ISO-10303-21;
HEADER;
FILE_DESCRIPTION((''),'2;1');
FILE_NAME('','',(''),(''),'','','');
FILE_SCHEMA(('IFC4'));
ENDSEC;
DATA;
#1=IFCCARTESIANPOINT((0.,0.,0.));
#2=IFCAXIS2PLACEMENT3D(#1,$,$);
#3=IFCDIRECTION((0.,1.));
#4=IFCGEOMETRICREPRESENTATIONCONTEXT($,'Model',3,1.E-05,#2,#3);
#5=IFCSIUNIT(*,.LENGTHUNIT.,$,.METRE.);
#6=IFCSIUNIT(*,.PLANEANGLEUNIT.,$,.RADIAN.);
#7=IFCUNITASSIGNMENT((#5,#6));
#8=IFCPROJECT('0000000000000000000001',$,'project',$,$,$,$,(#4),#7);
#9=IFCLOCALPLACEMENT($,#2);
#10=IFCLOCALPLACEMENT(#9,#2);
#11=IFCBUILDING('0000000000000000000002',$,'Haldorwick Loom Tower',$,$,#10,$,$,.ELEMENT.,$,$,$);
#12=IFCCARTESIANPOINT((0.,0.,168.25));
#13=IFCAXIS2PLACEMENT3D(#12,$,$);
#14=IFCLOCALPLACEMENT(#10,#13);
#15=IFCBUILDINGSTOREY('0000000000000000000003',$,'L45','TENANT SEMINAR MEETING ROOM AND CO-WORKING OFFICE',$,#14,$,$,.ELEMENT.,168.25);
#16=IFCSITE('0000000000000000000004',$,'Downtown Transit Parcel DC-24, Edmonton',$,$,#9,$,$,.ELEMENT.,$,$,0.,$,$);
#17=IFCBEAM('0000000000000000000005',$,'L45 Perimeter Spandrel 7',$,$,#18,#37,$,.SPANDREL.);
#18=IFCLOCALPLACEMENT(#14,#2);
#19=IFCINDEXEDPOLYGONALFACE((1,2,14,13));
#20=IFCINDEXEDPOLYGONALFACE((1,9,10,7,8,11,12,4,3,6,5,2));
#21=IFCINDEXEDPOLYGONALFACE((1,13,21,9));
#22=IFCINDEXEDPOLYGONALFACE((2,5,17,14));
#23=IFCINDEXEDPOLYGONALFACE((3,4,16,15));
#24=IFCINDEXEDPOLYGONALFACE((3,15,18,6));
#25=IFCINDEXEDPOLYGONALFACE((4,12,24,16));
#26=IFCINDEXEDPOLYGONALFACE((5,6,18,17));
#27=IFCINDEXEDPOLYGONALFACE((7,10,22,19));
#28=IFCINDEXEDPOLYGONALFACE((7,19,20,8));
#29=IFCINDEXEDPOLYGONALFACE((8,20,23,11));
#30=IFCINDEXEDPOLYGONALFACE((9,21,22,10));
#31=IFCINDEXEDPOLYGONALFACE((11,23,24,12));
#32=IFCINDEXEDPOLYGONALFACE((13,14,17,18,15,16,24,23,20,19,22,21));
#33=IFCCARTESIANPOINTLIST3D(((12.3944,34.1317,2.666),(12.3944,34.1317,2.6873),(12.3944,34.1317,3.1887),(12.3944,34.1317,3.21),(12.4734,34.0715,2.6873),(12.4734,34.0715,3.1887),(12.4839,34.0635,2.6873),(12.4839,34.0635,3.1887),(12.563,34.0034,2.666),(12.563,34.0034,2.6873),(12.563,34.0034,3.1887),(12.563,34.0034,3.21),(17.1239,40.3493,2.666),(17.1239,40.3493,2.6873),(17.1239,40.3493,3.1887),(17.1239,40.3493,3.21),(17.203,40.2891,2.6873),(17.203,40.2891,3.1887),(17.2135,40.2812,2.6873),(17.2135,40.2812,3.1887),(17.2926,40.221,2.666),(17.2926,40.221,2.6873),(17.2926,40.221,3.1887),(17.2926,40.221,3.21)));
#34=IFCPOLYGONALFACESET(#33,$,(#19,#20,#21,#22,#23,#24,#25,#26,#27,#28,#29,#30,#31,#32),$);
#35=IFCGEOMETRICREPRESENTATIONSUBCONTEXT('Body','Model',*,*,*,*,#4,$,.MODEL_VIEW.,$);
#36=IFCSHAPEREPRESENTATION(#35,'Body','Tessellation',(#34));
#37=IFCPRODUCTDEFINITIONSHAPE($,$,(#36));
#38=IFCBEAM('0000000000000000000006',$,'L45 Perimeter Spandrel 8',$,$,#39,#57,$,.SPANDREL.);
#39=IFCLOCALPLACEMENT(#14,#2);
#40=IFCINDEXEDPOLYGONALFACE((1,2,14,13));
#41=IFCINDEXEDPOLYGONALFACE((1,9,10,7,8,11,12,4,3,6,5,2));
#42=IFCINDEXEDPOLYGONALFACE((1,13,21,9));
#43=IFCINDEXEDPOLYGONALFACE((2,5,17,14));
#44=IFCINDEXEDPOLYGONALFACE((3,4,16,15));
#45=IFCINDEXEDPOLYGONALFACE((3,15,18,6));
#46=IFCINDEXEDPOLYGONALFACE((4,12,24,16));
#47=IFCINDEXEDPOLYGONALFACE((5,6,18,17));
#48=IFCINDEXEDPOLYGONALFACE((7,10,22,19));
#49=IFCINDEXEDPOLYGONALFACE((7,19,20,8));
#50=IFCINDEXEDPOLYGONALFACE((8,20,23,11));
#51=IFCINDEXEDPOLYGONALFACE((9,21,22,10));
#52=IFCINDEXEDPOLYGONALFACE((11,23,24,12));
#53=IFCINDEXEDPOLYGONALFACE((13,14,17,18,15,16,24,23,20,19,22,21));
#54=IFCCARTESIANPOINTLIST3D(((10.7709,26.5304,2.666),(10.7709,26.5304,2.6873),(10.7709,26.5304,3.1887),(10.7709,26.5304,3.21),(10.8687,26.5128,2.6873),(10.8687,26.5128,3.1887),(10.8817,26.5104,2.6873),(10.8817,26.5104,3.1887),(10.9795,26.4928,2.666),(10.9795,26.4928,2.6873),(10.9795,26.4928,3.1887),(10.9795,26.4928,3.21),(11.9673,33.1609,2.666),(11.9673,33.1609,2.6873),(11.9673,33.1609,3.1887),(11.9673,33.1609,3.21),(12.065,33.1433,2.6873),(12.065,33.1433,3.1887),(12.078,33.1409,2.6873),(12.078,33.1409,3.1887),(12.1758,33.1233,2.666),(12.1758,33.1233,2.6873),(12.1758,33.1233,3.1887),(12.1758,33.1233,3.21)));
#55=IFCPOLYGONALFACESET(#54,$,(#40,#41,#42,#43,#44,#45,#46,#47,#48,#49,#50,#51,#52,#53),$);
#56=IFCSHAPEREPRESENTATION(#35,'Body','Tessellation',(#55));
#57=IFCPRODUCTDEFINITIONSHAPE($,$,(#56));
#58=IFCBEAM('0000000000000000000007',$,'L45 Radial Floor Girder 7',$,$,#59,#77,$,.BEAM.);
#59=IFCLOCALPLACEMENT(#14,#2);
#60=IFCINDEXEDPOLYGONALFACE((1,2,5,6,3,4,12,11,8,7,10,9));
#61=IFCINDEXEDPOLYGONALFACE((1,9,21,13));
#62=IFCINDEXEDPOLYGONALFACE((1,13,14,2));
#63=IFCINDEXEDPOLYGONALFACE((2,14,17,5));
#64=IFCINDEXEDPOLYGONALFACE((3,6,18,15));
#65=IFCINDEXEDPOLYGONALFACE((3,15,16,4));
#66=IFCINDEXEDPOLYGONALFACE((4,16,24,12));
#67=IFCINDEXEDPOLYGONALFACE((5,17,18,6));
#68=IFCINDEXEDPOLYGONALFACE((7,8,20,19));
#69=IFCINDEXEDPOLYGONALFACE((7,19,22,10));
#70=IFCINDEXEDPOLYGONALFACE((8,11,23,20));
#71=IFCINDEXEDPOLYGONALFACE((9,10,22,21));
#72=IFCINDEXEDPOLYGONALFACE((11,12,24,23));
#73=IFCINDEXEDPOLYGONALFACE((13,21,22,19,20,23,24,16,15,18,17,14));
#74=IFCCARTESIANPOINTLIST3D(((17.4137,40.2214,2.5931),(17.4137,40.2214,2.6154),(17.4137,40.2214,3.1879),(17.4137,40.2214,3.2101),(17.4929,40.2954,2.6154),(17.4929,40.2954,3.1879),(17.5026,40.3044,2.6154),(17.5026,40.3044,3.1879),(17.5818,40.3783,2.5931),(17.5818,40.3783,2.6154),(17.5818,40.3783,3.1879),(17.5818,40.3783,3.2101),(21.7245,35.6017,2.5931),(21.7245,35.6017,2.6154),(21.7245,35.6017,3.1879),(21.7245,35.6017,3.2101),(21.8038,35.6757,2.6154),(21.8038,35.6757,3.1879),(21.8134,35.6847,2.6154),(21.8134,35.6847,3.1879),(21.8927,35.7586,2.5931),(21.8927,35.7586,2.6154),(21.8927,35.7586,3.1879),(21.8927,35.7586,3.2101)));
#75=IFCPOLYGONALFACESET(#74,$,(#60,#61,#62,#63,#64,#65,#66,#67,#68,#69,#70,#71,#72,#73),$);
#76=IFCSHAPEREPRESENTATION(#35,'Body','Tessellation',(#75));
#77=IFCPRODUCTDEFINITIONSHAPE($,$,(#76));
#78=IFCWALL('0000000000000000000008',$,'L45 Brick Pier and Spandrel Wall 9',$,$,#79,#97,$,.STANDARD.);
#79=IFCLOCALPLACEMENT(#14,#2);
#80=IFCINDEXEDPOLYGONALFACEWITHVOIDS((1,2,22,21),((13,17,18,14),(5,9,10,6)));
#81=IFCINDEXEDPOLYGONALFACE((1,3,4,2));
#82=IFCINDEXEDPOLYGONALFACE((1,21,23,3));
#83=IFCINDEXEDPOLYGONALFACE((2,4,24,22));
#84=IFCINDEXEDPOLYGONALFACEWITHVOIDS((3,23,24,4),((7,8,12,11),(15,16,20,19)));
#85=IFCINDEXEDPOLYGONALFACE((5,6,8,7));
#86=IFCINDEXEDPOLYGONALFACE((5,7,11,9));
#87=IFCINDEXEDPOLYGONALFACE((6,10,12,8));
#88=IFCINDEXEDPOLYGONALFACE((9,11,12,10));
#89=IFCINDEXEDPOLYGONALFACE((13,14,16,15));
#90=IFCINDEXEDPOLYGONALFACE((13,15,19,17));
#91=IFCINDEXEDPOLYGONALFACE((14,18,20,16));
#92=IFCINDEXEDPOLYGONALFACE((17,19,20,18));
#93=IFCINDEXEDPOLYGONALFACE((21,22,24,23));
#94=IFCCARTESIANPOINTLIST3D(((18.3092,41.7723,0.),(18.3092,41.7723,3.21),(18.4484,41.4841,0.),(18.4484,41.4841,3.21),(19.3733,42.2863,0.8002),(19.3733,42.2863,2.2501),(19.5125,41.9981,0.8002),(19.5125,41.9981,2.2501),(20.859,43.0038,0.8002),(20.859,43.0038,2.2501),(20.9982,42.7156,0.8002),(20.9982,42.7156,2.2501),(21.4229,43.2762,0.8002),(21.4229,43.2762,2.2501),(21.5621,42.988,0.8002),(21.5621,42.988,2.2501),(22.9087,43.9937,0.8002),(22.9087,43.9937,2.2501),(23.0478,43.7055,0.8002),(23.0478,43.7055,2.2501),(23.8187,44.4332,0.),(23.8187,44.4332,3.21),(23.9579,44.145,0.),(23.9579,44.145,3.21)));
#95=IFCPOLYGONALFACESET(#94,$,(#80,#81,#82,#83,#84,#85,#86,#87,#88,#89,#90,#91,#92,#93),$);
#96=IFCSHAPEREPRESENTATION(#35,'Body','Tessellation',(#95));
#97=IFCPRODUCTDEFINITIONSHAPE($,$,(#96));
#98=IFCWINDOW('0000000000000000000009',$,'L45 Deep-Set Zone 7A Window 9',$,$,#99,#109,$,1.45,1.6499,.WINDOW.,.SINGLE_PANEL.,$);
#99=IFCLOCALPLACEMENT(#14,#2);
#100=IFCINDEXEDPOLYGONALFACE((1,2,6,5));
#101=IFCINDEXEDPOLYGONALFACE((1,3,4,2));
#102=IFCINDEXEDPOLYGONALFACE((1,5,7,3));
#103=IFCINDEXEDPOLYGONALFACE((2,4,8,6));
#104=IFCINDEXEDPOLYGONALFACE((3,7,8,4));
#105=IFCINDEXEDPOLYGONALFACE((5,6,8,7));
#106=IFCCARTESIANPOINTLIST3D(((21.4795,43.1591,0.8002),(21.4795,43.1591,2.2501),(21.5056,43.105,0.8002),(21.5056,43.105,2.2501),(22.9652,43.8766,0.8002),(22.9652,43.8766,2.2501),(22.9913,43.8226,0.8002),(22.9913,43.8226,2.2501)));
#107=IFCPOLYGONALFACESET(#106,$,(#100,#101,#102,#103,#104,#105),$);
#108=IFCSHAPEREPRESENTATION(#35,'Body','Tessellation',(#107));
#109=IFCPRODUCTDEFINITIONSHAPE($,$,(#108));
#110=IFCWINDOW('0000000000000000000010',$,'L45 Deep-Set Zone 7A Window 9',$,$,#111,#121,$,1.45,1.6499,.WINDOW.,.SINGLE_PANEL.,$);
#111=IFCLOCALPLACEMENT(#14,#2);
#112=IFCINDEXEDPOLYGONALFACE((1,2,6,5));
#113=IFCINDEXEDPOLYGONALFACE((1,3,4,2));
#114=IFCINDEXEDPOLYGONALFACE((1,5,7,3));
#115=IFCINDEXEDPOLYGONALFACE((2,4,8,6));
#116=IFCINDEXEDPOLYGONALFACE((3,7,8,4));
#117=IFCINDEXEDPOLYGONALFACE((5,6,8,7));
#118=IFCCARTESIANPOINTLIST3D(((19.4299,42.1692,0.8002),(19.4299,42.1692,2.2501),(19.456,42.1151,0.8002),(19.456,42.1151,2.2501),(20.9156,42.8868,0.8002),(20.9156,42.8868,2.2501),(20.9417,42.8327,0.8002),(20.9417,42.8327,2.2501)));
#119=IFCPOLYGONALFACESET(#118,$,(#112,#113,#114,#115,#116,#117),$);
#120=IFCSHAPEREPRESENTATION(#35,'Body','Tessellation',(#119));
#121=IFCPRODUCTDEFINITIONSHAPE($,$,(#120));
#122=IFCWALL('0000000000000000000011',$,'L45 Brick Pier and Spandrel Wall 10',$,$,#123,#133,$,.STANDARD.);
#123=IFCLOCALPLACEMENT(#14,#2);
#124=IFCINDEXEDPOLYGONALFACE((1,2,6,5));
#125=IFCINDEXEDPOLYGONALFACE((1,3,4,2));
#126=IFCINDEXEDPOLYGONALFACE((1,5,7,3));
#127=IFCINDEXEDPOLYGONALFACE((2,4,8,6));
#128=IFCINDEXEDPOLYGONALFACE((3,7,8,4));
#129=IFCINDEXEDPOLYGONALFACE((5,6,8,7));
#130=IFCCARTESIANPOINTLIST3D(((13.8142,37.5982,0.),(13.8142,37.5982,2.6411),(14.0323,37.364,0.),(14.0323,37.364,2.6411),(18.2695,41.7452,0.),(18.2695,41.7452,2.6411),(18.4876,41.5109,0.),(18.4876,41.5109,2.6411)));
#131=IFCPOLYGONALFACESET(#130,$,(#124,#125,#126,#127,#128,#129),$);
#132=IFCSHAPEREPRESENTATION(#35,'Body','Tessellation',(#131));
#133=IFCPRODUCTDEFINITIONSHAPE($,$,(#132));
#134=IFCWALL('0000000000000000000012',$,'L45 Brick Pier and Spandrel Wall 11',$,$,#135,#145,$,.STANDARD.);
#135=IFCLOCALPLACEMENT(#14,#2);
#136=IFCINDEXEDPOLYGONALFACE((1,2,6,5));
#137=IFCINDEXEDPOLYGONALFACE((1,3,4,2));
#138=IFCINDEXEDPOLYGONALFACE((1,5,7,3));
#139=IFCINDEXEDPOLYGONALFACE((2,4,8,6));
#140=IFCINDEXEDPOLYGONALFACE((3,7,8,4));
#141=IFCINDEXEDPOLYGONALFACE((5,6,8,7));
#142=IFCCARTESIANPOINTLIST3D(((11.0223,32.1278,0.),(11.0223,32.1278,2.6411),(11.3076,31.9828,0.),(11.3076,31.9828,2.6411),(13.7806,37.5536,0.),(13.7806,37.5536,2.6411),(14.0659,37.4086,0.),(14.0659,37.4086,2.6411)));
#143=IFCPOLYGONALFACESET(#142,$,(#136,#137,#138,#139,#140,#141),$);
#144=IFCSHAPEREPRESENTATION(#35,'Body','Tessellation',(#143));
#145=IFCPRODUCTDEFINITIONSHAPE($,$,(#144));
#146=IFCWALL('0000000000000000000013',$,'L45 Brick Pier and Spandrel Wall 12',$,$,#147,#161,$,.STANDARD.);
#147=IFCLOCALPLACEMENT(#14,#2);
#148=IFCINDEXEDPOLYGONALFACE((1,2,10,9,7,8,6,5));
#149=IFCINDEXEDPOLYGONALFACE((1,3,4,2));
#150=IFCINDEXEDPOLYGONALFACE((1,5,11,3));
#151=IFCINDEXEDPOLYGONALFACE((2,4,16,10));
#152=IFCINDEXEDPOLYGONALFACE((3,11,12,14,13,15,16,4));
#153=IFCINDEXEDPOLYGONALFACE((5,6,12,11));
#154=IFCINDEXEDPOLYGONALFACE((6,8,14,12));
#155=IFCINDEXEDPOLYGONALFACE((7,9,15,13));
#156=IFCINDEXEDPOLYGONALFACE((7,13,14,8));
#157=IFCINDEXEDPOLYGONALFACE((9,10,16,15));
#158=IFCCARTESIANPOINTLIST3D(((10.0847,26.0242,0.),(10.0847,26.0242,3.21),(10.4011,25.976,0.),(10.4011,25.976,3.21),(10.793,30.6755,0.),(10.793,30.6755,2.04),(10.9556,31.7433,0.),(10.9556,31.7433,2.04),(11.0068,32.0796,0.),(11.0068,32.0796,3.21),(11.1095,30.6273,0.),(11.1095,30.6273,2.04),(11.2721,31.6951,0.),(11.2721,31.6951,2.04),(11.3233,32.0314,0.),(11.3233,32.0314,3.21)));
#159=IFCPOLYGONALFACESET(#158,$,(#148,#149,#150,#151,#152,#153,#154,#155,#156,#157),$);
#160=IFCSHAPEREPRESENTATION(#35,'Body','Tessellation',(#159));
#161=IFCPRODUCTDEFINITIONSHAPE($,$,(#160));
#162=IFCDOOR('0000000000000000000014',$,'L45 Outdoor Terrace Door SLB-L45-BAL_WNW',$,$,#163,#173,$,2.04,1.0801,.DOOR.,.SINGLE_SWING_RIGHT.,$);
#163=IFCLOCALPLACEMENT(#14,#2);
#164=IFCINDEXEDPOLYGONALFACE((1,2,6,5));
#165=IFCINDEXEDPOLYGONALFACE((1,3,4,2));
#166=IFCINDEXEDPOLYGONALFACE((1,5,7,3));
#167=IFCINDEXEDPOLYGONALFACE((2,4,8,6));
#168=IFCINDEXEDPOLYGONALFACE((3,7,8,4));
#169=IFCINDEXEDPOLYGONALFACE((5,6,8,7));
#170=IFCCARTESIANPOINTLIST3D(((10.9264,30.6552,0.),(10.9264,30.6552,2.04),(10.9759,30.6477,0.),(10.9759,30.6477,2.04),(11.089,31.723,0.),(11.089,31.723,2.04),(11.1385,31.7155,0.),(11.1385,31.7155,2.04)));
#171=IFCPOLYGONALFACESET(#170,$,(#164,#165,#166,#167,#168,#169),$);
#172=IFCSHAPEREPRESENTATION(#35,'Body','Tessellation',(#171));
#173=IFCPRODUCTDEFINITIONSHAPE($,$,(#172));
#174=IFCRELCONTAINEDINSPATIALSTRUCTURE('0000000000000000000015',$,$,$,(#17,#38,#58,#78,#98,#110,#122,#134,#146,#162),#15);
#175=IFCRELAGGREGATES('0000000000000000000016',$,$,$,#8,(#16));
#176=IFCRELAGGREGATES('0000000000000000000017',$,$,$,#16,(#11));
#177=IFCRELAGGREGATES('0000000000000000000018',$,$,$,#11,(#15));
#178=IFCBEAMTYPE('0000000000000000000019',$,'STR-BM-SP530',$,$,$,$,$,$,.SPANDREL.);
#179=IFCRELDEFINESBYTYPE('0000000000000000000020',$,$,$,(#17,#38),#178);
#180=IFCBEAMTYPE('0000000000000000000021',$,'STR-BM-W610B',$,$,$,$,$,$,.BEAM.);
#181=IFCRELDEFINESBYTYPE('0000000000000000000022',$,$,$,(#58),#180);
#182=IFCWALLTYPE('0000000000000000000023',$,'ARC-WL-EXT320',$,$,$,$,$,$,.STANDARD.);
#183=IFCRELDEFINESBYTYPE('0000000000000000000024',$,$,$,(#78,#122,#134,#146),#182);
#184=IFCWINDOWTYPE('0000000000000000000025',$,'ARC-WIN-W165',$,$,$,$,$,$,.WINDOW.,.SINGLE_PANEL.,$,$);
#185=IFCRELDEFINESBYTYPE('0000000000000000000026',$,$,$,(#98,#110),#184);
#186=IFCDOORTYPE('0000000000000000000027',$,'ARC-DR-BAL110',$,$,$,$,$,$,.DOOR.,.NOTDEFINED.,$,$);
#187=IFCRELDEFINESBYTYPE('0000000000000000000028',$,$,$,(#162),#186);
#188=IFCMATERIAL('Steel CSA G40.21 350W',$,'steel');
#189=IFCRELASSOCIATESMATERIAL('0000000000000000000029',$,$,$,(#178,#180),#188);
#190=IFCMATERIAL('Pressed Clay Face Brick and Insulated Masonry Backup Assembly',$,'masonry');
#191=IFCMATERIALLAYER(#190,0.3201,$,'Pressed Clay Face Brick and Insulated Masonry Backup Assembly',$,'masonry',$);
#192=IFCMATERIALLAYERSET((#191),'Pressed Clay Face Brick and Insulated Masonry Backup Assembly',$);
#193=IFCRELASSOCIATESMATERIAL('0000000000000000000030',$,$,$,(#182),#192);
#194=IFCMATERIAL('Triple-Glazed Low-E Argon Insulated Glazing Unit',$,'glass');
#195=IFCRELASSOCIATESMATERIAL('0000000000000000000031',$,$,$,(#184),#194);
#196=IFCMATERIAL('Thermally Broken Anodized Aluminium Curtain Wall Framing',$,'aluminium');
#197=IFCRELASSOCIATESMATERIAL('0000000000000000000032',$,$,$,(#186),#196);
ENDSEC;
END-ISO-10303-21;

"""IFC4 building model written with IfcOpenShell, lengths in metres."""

from ifc_helpers import new_model, si_unit, direction, frame, frame_2d, origin, origin_2d, place, context, subcontext, project, spatial, rectangle, i_section, extrude, material, layer, layer_set, material_profile, profile_set, type_object, element, fill, save


model = new_model("IFC4")

# Units and contexts
model_context = context("Model", 3, precision=1e-05, world=origin(), true_north=direction((0.0, 1.0)))
body_context = subcontext(model_context, "Body", "Model", "MODEL_VIEW")
ifc_project = project(units=[si_unit("LENGTHUNIT", "METRE"), si_unit("PLANEANGLEUNIT", "RADIAN")], contexts=[model_context])

# Site, building, storey
site_placement = place(None, origin())
site = spatial("IfcSite", under=ifc_project, at=site_placement, Name="Downtown Transit Parcel DC-24, Edmonton", CompositionType="ELEMENT", RefElevation=0.0)
building_placement = place(site_placement, origin())
building = spatial("IfcBuilding", under=site, at=building_placement, Name="Haldorwick Loom Tower", CompositionType="ELEMENT")
storey_placement = place(building_placement, frame((0.0, 0.0, 168.25)))
storey = spatial("IfcBuildingStorey", under=building, at=storey_placement, Name="L45", Description="TENANT SEMINAR MEETING ROOM AND CO-WORKING OFFICE", CompositionType="ELEMENT", Elevation=168.25)

# Shared definitions
ifc_material_1 = material(Name="Steel CSA G40.21 350W", Category="steel")

# Beams
ifc_material_profile_1 = material_profile(ifc_material_1, i_section(OverallWidth=0.2119, OverallDepth=0.5439, WebThickness=0.0132, FlangeThickness=0.0212, at=origin_2d()), Name="W530X123", Category="steel")
ifc_profile_set_1 = profile_set([ifc_material_profile_1], Name="Steel CSA G40.21 350W")
beam_type_1 = type_object("IfcBeamType", Name="STR-BM-SP530", PredefinedType="SPANDREL", material=ifc_profile_set_1)
beam_1_placement = place(storey_placement, frame((17.2083, 40.2852, 2.938), z_axis=(-0.605422, -0.795905, 0.0), x_axis=(0.795905, -0.605422, 0.0)))
element("IfcBeam", 1, at=beam_1_placement, inside=storey, type_object=beam_type_1, Name="L45 Perimeter Spandrel 7", PredefinedType="SPANDREL", context=body_context, shape_type="SweptSolid", body=[
    extrude(i_section(OverallWidth=0.2119, OverallDepth=0.5439, WebThickness=0.0132, FlangeThickness=0.0212, at=origin_2d()), origin(), (0.0, 0.0, 1.0), 7.812),
])
beam_2_placement = place(storey_placement, frame((12.0715, 33.1421, 2.938), z_axis=(-0.177559, -0.98411, 0.0), x_axis=(0.98411, -0.177559, 0.0)))
element("IfcBeam", 2, at=beam_2_placement, inside=storey, type_object=beam_type_1, Name="L45 Perimeter Spandrel 8", PredefinedType="SPANDREL", context=body_context, shape_type="SweptSolid", body=[
    extrude(i_section(OverallWidth=0.2119, OverallDepth=0.5439, WebThickness=0.0132, FlangeThickness=0.0212, at=origin_2d()), origin(), (0.0, 0.0, 1.0), 6.7375),
])
ifc_material_profile_2 = material_profile(ifc_material_1, i_section(OverallWidth=0.23, OverallDepth=0.6169, WebThickness=0.0132, FlangeThickness=0.0222, at=origin_2d()), Name="W610X140", Category="steel")
ifc_profile_set_2 = profile_set([ifc_material_profile_2], Name="Steel CSA G40.21 350W")
beam_type_2 = type_object("IfcBeamType", Name="STR-BM-W610B", PredefinedType="BEAM", material=ifc_profile_set_2)
beam_3_placement = place(storey_placement, frame((21.8086, 35.6802, 2.9016), z_axis=(-0.682245, 0.731123, 0.0), x_axis=(-0.731123, -0.682245, 0.0)))
element("IfcBeam", 3, at=beam_3_placement, inside=storey, type_object=beam_type_2, Name="L45 Radial Floor Girder 7", PredefinedType="BEAM", context=body_context, shape_type="SweptSolid", body=[
    extrude(i_section(OverallWidth=0.23, OverallDepth=0.6169, WebThickness=0.0132, FlangeThickness=0.0222, at=origin_2d()), origin(), (0.0, 0.0, 1.0), 6.3186),
])

# Wall, openings, windows
ifc_material_2 = material(Name="Pressed Clay Face Brick and Insulated Masonry Backup Assembly", Category="masonry")
ifc_layer_1 = layer(ifc_material_2, 0.3201, Name="Pressed Clay Face Brick and Insulated Masonry Backup Assembly", Category="masonry")
ifc_layer_set_1 = layer_set([ifc_layer_1], Name="Pressed Clay Face Brick and Insulated Masonry Backup Assembly")
wall_type_1 = type_object("IfcWallType", Name="ARC-WL-EXT320", PredefinedType="STANDARD", material=ifc_layer_set_1)
wall_1_placement = place(storey_placement, frame((23.8882, 44.2891, 0.0), z_axis=(0.0, 0.0, 1.0), x_axis=(-0.90048, -0.434897, 0.0)))
wall_1 = element("IfcWall", 4, at=wall_1_placement, inside=storey, type_object=wall_type_1, Name="L45 Brick Pier and Spandrel Wall 9", PredefinedType="STANDARD", context=body_context, shape_type="SweptSolid", body=[
    extrude(rectangle(XDim=6.1184, YDim=0.3201, at=frame_2d((3.0591, 0.0))), origin(), (0.0, 0.0, 1.0), 3.21),
])
opening_1_placement = place(wall_1_placement, frame((1.0105, 0.0, 0.8)))
opening_1 = element("IfcOpeningElement", 5, at=opening_1_placement, cuts=wall_1, PredefinedType="OPENING", context=body_context, shape_type="SweptSolid", body=[
    extrude(rectangle(XDim=1.6499, YDim=1.45, at=frame_2d((0.825, 0.7251))), frame((0.0, 0.1699, 0.0), z_axis=(0.0, -1.0, 0.0), x_axis=(1.0, 0.0, 0.0)), (0.0, 0.0, 1.0), 0.3401),
])
opening_2_placement = place(wall_1_placement, frame((3.2866, 0.0, 0.8)))
opening_2 = element("IfcOpeningElement", 6, at=opening_2_placement, cuts=wall_1, PredefinedType="OPENING", context=body_context, shape_type="SweptSolid", body=[
    extrude(rectangle(XDim=1.6499, YDim=1.45, at=frame_2d((0.825, 0.7251))), frame((0.0, 0.1699, 0.0), z_axis=(0.0, -1.0, 0.0), x_axis=(1.0, 0.0, 0.0)), (0.0, 0.0, 1.0), 0.3401),
])
ifc_material_3 = material(Name="Triple-Glazed Low-E Argon Insulated Glazing Unit", Category="glass")
window_type = type_object("IfcWindowType", Name="ARC-WIN-W165", PartitioningType="SINGLE_PANEL", PredefinedType="WINDOW", material=ifc_material_3)
window_1_placement = place(opening_1_placement, origin())
window_1 = element("IfcWindow", 7, at=window_1_placement, inside=storey, type_object=window_type, Name="L45 Deep-Set Zone 7A Window 9", OverallHeight=1.45, OverallWidth=1.6499, PartitioningType="SINGLE_PANEL", PredefinedType="WINDOW", context=body_context, shape_type="SweptSolid", body=[
    extrude(rectangle(XDim=1.6499, YDim=1.45, at=frame_2d((0.825, 0.7251))), frame((0.0, 0.03, 0.0), z_axis=(0.0, -1.0, 0.0), x_axis=(1.0, 0.0, 0.0)), (0.0, 0.0, 1.0), 0.0601),
])
fill(opening_1, window_1)
window_2_placement = place(opening_2_placement, origin())
window_2 = element("IfcWindow", 8, at=window_2_placement, inside=storey, type_object=window_type, Name="L45 Deep-Set Zone 7A Window 9", OverallHeight=1.45, OverallWidth=1.6499, PartitioningType="SINGLE_PANEL", PredefinedType="WINDOW", context=body_context, shape_type="SweptSolid", body=[
    extrude(rectangle(XDim=1.6499, YDim=1.45, at=frame_2d((0.825, 0.7251))), frame((0.0, 0.03, 0.0), z_axis=(0.0, -1.0, 0.0), x_axis=(1.0, 0.0, 0.0)), (0.0, 0.0, 1.0), 0.0601),
])
fill(opening_2, window_2)

# Walls
for number, where, z_axis, x_axis, name in (
    (9, (18.3787, 41.6282, 0.0), (0.0, 0.0, 1.0), (-0.731983, -0.681323, 0.0), "L45 Brick Pier and Spandrel Wall 10"),
    (10, (13.9233, 37.4812, 0.0), (0.0, 0.0, 1.0), (-0.453172, -0.891423, 0.0), "L45 Brick Pier and Spandrel Wall 11"),
):
    element("IfcWall", number, at=place(storey_placement, frame(where, z_axis=z_axis, x_axis=x_axis)), inside=storey, type_object=wall_type_1, Name=name, PredefinedType="STANDARD", context=body_context, shape_type="SweptSolid", body=[
        extrude(rectangle(XDim=6.0867, YDim=0.3201, at=frame_2d((3.0435, 0.0))), origin(), (0.0, 0.0, 1.0), 2.6411),
    ])

# Wall, opening, door
wall_2_placement = place(storey_placement, frame((11.165, 32.0554, 0.0), z_axis=(0.0, 0.0, 1.0), x_axis=(-0.150544, -0.988603, 0.0)))
wall_2 = element("IfcWall", 11, at=wall_2_placement, inside=storey, type_object=wall_type_1, Name="L45 Brick Pier and Spandrel Wall 12", PredefinedType="STANDARD", context=body_context, shape_type="SweptSolid", body=[
    extrude(rectangle(XDim=6.1252, YDim=0.3201, at=frame_2d((3.0625, 0.0))), origin(), (0.0, 0.0, 1.0), 3.21),
])
opening_3_placement = place(wall_2_placement, frame((0.3401, 0.0, 0.0)))
opening_3 = element("IfcOpeningElement", 12, at=opening_3_placement, cuts=wall_2, PredefinedType="OPENING", context=body_context, shape_type="SweptSolid", body=[
    extrude(rectangle(XDim=1.0801, YDim=2.04, at=frame_2d((0.54, 1.02))), frame((0.0, 0.1699, 0.0), z_axis=(0.0, -1.0, 0.0), x_axis=(1.0, 0.0, 0.0)), (0.0, 0.0, 1.0), 0.3401),
])
ifc_material_4 = material(Name="Thermally Broken Anodized Aluminium Curtain Wall Framing", Category="aluminium")
door_type_1 = type_object("IfcDoorType", Name="ARC-DR-BAL110", OperationType="NOTDEFINED", PredefinedType="DOOR", material=ifc_material_4)
door_1_placement = place(opening_3_placement, origin())
door_1 = element("IfcDoor", 13, at=door_1_placement, inside=storey, type_object=door_type_1, Name="L45 Outdoor Terrace Door SLB-L45-BAL_WNW", OperationType="SINGLE_SWING_RIGHT", OverallHeight=2.04, OverallWidth=1.0801, PredefinedType="DOOR", context=body_context, shape_type="SweptSolid", body=[
    extrude(rectangle(XDim=1.0801, YDim=2.04, at=frame_2d((0.54, 1.02))), frame((0.0, 0.0249, 0.0), z_axis=(0.0, -1.0, 0.0), x_axis=(1.0, 0.0, 0.0)), (0.0, 0.0, 1.0), 0.05),
])
fill(opening_3, door_1)

save(model, "model.ifc")
